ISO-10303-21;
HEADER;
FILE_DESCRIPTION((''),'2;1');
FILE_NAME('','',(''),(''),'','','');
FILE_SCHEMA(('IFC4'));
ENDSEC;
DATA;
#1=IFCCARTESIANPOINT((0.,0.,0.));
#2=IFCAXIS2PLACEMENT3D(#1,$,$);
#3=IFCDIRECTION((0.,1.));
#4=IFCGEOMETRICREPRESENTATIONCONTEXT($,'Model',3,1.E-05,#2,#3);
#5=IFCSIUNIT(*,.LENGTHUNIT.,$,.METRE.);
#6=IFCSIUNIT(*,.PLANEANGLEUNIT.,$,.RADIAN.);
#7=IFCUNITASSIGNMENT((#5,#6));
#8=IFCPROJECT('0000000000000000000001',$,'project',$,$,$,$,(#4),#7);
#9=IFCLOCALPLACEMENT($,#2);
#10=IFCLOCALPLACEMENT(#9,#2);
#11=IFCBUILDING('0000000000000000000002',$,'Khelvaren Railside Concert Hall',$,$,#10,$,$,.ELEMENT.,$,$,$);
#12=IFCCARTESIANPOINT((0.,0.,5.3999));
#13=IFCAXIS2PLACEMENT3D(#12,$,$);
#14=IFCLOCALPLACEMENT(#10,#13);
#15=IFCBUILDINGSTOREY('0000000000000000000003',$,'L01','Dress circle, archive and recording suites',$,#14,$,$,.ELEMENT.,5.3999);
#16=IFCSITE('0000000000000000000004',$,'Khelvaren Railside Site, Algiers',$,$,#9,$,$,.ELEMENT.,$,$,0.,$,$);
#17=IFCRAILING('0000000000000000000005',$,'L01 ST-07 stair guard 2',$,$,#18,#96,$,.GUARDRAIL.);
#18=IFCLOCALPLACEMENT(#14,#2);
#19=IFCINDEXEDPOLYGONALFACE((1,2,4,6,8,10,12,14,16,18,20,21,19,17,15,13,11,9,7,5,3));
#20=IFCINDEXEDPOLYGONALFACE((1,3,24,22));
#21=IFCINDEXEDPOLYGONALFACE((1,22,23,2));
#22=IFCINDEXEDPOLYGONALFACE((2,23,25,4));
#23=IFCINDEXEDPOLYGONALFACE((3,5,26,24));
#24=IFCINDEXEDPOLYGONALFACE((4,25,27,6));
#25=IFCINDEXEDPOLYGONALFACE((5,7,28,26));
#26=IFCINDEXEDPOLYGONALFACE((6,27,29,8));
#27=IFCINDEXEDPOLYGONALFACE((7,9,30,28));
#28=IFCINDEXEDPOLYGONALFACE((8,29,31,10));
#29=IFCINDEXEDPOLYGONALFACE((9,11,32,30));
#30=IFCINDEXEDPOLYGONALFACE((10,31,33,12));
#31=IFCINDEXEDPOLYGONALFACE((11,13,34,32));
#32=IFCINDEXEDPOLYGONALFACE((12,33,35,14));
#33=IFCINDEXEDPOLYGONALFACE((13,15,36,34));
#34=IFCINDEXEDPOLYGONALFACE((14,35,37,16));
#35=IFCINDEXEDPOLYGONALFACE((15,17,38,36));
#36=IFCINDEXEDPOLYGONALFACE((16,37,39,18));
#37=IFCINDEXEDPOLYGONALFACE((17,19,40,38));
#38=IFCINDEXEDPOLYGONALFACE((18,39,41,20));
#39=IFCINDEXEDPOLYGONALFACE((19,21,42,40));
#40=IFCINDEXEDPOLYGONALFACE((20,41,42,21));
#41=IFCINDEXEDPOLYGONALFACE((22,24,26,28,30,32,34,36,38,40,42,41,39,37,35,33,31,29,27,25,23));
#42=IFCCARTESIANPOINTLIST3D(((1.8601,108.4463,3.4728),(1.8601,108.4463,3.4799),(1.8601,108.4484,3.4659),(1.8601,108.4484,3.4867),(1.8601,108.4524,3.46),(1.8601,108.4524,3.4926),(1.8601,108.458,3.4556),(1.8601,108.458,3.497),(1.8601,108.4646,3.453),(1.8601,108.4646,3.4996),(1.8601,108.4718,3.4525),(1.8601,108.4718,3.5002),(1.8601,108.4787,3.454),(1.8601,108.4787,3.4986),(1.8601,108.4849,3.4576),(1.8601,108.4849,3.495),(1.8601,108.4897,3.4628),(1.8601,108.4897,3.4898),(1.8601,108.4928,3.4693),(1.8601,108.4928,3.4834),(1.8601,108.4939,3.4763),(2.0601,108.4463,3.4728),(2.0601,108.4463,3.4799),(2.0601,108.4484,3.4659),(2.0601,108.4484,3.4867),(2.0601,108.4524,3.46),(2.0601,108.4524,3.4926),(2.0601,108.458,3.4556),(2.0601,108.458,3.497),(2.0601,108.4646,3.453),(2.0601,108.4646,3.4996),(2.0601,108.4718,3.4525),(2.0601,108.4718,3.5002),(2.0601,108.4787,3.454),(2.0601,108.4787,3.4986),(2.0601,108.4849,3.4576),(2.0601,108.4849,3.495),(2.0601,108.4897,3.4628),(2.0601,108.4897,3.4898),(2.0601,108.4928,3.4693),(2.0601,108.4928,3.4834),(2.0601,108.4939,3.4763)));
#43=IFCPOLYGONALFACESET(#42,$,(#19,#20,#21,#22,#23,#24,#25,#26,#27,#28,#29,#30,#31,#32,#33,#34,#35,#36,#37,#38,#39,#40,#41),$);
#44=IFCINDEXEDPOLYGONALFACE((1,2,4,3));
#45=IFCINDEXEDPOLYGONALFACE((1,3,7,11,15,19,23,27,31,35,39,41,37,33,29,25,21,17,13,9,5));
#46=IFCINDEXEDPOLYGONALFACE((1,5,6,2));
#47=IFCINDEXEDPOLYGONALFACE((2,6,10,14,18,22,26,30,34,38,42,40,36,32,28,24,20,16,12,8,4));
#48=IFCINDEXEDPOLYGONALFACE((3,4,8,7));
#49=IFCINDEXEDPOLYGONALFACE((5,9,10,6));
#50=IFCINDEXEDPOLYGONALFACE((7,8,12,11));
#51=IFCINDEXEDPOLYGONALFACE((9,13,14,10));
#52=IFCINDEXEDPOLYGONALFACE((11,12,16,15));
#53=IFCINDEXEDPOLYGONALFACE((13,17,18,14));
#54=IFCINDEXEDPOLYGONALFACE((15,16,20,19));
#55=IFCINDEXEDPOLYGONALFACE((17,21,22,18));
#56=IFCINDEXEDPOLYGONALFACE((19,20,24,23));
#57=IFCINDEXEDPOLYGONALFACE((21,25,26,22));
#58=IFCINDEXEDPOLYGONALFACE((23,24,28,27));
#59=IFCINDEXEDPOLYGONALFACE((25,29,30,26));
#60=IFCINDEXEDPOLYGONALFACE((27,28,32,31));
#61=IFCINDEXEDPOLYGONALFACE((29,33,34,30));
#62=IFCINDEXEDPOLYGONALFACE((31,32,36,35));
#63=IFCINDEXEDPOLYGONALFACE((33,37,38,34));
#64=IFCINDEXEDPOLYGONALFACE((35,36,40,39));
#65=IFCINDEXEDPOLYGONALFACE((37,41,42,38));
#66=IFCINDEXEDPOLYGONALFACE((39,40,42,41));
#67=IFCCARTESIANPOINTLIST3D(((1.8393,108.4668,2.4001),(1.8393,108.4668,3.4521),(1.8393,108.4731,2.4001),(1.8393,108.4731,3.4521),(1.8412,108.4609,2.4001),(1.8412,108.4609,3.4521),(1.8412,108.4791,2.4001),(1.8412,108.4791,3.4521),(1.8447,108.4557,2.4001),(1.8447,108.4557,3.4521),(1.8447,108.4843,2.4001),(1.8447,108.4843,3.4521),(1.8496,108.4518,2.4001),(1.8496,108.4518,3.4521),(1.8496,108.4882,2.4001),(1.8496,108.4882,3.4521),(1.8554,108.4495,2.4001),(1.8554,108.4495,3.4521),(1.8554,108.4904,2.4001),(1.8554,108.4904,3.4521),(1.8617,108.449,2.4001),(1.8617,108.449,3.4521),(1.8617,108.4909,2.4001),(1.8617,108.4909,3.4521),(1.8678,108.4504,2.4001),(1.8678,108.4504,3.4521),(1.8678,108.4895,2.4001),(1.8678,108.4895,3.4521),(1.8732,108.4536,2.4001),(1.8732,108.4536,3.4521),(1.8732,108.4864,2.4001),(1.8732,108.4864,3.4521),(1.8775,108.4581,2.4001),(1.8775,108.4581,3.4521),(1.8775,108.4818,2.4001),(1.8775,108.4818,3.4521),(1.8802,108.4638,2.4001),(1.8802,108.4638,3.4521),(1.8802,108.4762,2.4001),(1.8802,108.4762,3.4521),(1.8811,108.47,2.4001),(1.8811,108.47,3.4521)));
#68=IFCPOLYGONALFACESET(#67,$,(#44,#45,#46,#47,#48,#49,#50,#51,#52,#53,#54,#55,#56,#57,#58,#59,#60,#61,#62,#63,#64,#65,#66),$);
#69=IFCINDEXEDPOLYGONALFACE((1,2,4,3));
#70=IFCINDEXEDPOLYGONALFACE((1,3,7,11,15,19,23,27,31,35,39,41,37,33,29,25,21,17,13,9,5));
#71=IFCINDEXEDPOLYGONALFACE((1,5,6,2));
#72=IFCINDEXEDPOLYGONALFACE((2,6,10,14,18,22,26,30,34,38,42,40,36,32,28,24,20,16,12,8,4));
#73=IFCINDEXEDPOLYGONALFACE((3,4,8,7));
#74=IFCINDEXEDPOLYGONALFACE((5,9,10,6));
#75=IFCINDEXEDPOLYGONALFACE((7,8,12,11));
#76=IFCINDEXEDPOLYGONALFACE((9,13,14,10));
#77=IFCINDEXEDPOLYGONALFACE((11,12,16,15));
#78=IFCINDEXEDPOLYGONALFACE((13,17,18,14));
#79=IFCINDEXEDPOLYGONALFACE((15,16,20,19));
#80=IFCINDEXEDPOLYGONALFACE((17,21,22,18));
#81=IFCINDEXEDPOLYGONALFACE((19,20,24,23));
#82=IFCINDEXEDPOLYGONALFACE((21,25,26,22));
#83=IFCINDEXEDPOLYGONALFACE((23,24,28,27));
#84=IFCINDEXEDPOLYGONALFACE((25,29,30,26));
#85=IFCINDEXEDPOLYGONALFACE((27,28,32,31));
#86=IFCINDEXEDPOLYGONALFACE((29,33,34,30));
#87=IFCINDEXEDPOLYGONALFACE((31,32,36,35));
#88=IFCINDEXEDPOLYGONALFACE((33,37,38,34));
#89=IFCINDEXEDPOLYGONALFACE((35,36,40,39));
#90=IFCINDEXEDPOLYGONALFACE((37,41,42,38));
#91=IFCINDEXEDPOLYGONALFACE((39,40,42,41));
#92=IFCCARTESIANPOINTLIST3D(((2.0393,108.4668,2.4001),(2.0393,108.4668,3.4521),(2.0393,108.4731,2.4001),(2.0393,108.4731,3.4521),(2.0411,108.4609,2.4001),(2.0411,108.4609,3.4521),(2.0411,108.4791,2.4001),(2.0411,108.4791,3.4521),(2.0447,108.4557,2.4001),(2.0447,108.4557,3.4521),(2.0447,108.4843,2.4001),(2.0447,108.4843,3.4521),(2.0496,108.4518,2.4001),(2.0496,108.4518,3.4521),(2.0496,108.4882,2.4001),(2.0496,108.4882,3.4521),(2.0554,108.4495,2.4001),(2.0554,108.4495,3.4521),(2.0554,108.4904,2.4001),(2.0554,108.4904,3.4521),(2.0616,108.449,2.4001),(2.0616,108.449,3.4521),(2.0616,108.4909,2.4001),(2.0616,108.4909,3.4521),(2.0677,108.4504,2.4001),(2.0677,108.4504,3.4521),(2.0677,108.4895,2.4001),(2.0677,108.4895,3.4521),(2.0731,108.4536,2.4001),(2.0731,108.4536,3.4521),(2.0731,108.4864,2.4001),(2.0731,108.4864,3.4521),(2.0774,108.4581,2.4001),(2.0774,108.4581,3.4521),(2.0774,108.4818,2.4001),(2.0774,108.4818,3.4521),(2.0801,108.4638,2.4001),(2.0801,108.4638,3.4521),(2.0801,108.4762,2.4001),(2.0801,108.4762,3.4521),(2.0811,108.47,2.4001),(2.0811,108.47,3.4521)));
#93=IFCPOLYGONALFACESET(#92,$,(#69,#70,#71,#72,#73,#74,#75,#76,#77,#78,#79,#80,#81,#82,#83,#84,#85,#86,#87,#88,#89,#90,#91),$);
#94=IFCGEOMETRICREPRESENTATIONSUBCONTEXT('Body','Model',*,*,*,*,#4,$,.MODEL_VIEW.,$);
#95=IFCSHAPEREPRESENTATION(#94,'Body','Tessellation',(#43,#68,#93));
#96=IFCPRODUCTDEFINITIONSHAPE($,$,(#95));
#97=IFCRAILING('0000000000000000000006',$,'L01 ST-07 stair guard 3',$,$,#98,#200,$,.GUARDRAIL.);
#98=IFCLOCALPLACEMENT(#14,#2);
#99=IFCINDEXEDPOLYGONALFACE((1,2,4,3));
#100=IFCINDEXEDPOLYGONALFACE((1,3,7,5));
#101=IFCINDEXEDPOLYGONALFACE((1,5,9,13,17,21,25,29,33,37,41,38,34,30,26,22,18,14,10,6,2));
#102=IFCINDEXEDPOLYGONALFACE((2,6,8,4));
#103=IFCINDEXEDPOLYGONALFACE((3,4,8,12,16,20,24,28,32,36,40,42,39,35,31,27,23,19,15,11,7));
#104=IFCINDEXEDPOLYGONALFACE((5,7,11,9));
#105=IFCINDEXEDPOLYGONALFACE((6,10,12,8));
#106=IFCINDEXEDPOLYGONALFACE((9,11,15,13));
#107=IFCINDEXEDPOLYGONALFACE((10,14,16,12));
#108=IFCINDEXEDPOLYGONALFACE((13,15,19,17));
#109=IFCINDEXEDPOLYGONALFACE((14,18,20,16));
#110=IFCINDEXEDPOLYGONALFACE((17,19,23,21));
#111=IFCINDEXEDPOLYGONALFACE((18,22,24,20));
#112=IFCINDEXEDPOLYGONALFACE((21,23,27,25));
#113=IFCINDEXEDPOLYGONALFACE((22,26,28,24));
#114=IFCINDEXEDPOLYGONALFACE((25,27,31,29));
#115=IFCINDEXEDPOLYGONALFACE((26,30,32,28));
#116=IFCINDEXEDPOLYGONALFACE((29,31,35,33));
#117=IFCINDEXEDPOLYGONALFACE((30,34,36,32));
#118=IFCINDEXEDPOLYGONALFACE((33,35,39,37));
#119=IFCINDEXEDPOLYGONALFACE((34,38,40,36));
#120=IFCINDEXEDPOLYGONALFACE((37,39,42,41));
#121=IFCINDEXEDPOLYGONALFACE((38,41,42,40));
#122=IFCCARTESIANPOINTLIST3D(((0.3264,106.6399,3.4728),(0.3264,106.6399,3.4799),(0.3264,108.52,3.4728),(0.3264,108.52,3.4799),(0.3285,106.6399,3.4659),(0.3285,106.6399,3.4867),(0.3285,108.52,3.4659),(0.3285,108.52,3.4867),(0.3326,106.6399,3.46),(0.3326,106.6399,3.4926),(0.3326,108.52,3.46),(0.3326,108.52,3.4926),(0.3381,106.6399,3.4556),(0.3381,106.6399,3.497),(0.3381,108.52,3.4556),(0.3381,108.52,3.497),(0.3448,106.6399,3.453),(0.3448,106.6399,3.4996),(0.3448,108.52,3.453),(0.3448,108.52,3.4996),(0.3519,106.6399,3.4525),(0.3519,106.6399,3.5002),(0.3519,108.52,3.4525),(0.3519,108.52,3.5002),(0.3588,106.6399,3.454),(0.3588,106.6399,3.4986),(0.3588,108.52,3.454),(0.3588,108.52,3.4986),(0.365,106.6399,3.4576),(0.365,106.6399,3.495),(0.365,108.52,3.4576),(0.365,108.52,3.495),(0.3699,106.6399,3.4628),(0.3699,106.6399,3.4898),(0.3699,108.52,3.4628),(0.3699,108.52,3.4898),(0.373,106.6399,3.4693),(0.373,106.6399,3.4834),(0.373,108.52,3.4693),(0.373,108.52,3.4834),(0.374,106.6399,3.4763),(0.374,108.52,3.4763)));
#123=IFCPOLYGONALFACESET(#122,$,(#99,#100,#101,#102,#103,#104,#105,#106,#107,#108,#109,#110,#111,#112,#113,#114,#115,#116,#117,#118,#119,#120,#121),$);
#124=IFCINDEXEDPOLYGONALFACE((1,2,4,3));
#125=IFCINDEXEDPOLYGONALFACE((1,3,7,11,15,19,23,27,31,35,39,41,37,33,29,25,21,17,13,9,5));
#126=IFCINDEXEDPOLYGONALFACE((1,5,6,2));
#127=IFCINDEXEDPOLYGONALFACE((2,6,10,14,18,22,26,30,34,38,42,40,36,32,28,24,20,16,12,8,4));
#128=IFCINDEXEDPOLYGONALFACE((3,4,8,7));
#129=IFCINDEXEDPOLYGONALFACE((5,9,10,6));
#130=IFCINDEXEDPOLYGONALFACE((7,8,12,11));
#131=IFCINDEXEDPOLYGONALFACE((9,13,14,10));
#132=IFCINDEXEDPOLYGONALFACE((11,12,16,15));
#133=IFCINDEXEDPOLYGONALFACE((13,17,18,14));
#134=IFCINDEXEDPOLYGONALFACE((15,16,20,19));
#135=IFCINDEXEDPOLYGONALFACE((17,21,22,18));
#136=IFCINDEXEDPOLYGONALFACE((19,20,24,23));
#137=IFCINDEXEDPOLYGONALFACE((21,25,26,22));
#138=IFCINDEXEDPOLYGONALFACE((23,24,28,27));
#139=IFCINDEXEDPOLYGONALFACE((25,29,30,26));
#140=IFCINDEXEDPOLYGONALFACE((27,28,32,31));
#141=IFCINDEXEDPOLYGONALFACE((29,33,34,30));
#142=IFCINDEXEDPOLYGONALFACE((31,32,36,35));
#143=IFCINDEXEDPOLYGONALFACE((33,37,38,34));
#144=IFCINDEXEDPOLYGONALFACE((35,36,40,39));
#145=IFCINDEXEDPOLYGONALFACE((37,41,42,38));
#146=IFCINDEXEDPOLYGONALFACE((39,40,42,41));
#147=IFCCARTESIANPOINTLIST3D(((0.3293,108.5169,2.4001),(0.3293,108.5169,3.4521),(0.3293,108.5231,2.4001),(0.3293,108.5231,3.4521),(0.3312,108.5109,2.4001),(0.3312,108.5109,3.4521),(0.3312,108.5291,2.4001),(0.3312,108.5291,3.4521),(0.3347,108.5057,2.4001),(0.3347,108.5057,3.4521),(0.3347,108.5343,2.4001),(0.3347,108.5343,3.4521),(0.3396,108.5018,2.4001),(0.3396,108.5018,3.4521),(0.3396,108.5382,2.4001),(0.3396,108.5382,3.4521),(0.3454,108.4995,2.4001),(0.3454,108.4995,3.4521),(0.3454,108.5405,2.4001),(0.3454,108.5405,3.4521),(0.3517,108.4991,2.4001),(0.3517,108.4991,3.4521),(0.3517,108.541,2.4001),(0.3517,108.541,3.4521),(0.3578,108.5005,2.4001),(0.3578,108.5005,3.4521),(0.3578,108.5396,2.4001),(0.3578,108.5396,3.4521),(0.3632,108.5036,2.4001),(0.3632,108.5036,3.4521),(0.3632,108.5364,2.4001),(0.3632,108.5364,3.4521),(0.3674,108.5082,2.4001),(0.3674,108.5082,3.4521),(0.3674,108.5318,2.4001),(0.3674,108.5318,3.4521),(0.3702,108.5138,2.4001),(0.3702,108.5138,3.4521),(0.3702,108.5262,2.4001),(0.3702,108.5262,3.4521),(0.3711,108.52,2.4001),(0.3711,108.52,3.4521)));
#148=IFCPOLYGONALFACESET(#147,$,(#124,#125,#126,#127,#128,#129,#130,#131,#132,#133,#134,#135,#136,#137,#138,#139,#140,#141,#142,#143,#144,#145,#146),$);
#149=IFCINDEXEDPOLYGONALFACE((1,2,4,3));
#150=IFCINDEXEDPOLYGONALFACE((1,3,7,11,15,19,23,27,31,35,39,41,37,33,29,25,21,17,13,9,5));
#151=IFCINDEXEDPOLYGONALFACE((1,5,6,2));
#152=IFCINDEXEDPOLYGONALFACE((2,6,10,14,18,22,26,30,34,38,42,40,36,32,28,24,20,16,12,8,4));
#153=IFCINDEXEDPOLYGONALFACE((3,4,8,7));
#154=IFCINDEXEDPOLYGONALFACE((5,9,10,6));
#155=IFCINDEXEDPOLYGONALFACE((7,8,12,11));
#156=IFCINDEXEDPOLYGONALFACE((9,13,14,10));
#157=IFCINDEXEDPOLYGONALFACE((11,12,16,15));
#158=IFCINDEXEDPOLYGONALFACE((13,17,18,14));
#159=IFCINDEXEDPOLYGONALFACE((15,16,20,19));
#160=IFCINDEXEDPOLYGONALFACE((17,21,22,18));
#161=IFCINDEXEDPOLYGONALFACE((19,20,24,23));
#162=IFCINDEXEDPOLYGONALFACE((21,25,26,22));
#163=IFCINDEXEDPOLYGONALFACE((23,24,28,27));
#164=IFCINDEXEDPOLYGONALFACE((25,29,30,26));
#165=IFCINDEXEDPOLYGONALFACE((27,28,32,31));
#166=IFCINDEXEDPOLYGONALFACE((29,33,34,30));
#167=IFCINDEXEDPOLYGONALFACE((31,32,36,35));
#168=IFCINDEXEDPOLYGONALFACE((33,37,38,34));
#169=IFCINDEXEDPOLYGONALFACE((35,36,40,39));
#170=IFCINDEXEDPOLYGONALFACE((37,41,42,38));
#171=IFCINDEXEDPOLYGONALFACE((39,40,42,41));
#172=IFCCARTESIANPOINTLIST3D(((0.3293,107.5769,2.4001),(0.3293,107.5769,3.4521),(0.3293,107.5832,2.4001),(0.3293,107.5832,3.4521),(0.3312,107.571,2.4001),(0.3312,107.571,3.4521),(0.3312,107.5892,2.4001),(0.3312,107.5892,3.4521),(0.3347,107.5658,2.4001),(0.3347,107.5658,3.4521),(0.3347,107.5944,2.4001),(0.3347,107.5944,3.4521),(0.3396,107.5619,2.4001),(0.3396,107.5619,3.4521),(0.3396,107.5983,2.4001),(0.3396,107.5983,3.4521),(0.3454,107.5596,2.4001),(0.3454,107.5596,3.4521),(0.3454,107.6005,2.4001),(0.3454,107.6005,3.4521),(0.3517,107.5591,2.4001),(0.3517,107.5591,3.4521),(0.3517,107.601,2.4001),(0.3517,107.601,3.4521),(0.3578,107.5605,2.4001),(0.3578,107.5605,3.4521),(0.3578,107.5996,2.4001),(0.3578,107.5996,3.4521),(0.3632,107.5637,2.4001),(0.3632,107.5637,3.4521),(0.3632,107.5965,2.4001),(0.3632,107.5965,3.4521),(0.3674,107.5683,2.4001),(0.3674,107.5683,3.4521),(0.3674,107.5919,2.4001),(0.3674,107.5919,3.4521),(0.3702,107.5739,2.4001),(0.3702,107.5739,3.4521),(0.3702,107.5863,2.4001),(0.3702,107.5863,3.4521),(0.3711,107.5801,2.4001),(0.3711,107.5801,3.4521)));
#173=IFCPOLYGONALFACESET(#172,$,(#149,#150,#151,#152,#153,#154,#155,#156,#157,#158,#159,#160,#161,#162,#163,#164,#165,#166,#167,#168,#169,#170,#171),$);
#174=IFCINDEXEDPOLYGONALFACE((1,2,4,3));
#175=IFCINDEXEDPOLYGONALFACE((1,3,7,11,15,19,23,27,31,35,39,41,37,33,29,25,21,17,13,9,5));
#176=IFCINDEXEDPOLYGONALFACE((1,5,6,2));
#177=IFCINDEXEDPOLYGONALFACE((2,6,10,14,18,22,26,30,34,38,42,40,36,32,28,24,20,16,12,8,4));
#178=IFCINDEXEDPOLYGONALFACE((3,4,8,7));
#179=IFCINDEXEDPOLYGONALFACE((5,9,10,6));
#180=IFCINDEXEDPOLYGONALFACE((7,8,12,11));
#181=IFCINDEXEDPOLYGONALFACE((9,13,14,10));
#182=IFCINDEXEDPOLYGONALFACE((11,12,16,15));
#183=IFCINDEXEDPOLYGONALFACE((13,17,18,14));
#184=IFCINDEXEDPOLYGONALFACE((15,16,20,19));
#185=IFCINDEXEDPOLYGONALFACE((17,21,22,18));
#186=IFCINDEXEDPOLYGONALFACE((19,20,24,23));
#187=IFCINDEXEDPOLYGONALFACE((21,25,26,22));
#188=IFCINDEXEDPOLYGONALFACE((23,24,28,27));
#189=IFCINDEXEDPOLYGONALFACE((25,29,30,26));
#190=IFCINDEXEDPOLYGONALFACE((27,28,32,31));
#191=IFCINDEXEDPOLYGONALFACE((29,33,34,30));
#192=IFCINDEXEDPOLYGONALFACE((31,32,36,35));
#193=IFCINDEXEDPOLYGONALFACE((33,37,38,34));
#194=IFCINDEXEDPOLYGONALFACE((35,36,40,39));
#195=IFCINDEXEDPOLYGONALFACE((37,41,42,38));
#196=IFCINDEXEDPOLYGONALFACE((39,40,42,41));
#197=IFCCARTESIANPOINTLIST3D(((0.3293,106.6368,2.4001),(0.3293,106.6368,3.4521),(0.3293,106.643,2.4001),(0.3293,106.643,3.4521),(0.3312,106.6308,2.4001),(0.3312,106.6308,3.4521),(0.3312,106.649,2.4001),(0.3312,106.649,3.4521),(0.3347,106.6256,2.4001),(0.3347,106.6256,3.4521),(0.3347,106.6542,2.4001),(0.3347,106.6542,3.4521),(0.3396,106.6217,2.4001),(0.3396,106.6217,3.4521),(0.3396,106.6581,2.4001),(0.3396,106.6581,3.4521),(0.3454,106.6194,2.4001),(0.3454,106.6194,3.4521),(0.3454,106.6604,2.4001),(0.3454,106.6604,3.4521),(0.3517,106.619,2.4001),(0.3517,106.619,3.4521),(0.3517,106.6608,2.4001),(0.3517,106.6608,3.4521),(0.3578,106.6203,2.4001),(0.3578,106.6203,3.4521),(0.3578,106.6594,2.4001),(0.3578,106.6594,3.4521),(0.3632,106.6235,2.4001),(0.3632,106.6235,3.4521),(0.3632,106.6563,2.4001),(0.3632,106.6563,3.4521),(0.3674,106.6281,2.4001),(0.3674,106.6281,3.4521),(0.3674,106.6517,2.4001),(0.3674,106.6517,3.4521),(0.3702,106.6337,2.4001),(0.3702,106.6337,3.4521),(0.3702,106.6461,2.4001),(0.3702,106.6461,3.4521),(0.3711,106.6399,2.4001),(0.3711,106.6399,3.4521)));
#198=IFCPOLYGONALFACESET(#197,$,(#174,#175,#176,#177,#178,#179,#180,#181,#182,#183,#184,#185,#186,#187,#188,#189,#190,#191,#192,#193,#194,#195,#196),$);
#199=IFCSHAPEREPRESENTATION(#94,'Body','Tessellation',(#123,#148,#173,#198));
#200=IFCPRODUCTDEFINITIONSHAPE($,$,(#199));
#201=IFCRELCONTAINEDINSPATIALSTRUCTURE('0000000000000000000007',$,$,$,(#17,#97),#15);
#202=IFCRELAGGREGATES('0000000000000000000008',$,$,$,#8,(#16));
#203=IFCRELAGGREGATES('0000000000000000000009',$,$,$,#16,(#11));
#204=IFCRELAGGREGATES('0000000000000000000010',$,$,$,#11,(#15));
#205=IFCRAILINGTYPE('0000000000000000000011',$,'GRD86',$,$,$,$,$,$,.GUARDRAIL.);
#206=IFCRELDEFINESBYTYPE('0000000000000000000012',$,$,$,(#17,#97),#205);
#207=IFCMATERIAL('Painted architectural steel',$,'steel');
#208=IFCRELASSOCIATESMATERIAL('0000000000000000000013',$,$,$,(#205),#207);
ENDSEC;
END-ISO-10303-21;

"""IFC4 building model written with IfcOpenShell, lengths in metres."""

from ifc_helpers import new_model, si_unit, direction, frame, origin, origin_2d, place, context, subcontext, project, spatial, circle, extrude, material, type_object, element, save


model = new_model("IFC4")

# Units and contexts
model_context = context("Model", 3, precision=1e-05, world=origin(), true_north=direction((0.0, 1.0)))
body_context = subcontext(model_context, "Body", "Model", "MODEL_VIEW")
ifc_project = project(units=[si_unit("LENGTHUNIT", "METRE"), si_unit("PLANEANGLEUNIT", "RADIAN")], contexts=[model_context])

# Site, building, storey
site_placement = place(None, origin())
site = spatial("IfcSite", under=ifc_project, at=site_placement, Name="Khelvaren Railside Site, Algiers", CompositionType="ELEMENT", RefElevation=0.0)
building_placement = place(site_placement, origin())
building = spatial("IfcBuilding", under=site, at=building_placement, Name="Khelvaren Railside Concert Hall", CompositionType="ELEMENT")
storey_placement = place(building_placement, frame((0.0, 0.0, 5.3999)))
storey = spatial("IfcBuildingStorey", under=building, at=storey_placement, Name="L01", Description="Dress circle, archive and recording suites", CompositionType="ELEMENT", Elevation=5.3999)

# Railings
ifc_material_1 = material(Name="Painted architectural steel", Category="steel")
railing_type_1 = type_object("IfcRailingType", Name="GRD86", PredefinedType="GUARDRAIL", material=ifc_material_1)
railing_1_placement = place(storey_placement, frame((1.8601, 108.47, 2.4001)))
element("IfcRailing", 1, at=railing_1_placement, inside=storey, type_object=railing_type_1, Name="L01 ST-07 stair guard 2", PredefinedType="GUARDRAIL", context=body_context, shape_type="SweptSolid", body=[
    extrude(circle(Radius=0.0239, at=origin_2d()), frame((0.0, 0.0, 1.0762), z_axis=(1.0, 0.0, 0.0), x_axis=(0.0, 1.0, 0.0)), (0.0, 0.0, 1.0), 0.2),
    extrude(circle(Radius=0.021, at=origin_2d()), origin(), (0.0, 0.0, 1.0), 1.052),
    extrude(circle(Radius=0.021, at=origin_2d()), frame((0.2, 0.0, 0.0)), (0.0, 0.0, 1.0), 1.052),
])
railing_2_placement = place(storey_placement, frame((0.3501, 108.52, 2.4001)))
element("IfcRailing", 2, at=railing_2_placement, inside=storey, type_object=railing_type_1, Name="L01 ST-07 stair guard 3", PredefinedType="GUARDRAIL", context=body_context, shape_type="SweptSolid", body=[
    extrude(circle(Radius=0.0239, at=origin_2d()), frame((0.0, 0.0, 1.0762), z_axis=(0.0, -1.0, 0.0), x_axis=(1.0, 0.0, 0.0)), (0.0, 0.0, 1.0), 1.8801),
    extrude(circle(Radius=0.021, at=origin_2d()), origin(), (0.0, 0.0, 1.0), 1.052),
    extrude(circle(Radius=0.021, at=origin_2d()), frame((0.0, -0.9399, 0.0)), (0.0, 0.0, 1.0), 1.052),
    extrude(circle(Radius=0.021, at=origin_2d()), frame((0.0, -1.8801, 0.0)), (0.0, 0.0, 1.0), 1.052),
])

save(model, "model.ifc")
